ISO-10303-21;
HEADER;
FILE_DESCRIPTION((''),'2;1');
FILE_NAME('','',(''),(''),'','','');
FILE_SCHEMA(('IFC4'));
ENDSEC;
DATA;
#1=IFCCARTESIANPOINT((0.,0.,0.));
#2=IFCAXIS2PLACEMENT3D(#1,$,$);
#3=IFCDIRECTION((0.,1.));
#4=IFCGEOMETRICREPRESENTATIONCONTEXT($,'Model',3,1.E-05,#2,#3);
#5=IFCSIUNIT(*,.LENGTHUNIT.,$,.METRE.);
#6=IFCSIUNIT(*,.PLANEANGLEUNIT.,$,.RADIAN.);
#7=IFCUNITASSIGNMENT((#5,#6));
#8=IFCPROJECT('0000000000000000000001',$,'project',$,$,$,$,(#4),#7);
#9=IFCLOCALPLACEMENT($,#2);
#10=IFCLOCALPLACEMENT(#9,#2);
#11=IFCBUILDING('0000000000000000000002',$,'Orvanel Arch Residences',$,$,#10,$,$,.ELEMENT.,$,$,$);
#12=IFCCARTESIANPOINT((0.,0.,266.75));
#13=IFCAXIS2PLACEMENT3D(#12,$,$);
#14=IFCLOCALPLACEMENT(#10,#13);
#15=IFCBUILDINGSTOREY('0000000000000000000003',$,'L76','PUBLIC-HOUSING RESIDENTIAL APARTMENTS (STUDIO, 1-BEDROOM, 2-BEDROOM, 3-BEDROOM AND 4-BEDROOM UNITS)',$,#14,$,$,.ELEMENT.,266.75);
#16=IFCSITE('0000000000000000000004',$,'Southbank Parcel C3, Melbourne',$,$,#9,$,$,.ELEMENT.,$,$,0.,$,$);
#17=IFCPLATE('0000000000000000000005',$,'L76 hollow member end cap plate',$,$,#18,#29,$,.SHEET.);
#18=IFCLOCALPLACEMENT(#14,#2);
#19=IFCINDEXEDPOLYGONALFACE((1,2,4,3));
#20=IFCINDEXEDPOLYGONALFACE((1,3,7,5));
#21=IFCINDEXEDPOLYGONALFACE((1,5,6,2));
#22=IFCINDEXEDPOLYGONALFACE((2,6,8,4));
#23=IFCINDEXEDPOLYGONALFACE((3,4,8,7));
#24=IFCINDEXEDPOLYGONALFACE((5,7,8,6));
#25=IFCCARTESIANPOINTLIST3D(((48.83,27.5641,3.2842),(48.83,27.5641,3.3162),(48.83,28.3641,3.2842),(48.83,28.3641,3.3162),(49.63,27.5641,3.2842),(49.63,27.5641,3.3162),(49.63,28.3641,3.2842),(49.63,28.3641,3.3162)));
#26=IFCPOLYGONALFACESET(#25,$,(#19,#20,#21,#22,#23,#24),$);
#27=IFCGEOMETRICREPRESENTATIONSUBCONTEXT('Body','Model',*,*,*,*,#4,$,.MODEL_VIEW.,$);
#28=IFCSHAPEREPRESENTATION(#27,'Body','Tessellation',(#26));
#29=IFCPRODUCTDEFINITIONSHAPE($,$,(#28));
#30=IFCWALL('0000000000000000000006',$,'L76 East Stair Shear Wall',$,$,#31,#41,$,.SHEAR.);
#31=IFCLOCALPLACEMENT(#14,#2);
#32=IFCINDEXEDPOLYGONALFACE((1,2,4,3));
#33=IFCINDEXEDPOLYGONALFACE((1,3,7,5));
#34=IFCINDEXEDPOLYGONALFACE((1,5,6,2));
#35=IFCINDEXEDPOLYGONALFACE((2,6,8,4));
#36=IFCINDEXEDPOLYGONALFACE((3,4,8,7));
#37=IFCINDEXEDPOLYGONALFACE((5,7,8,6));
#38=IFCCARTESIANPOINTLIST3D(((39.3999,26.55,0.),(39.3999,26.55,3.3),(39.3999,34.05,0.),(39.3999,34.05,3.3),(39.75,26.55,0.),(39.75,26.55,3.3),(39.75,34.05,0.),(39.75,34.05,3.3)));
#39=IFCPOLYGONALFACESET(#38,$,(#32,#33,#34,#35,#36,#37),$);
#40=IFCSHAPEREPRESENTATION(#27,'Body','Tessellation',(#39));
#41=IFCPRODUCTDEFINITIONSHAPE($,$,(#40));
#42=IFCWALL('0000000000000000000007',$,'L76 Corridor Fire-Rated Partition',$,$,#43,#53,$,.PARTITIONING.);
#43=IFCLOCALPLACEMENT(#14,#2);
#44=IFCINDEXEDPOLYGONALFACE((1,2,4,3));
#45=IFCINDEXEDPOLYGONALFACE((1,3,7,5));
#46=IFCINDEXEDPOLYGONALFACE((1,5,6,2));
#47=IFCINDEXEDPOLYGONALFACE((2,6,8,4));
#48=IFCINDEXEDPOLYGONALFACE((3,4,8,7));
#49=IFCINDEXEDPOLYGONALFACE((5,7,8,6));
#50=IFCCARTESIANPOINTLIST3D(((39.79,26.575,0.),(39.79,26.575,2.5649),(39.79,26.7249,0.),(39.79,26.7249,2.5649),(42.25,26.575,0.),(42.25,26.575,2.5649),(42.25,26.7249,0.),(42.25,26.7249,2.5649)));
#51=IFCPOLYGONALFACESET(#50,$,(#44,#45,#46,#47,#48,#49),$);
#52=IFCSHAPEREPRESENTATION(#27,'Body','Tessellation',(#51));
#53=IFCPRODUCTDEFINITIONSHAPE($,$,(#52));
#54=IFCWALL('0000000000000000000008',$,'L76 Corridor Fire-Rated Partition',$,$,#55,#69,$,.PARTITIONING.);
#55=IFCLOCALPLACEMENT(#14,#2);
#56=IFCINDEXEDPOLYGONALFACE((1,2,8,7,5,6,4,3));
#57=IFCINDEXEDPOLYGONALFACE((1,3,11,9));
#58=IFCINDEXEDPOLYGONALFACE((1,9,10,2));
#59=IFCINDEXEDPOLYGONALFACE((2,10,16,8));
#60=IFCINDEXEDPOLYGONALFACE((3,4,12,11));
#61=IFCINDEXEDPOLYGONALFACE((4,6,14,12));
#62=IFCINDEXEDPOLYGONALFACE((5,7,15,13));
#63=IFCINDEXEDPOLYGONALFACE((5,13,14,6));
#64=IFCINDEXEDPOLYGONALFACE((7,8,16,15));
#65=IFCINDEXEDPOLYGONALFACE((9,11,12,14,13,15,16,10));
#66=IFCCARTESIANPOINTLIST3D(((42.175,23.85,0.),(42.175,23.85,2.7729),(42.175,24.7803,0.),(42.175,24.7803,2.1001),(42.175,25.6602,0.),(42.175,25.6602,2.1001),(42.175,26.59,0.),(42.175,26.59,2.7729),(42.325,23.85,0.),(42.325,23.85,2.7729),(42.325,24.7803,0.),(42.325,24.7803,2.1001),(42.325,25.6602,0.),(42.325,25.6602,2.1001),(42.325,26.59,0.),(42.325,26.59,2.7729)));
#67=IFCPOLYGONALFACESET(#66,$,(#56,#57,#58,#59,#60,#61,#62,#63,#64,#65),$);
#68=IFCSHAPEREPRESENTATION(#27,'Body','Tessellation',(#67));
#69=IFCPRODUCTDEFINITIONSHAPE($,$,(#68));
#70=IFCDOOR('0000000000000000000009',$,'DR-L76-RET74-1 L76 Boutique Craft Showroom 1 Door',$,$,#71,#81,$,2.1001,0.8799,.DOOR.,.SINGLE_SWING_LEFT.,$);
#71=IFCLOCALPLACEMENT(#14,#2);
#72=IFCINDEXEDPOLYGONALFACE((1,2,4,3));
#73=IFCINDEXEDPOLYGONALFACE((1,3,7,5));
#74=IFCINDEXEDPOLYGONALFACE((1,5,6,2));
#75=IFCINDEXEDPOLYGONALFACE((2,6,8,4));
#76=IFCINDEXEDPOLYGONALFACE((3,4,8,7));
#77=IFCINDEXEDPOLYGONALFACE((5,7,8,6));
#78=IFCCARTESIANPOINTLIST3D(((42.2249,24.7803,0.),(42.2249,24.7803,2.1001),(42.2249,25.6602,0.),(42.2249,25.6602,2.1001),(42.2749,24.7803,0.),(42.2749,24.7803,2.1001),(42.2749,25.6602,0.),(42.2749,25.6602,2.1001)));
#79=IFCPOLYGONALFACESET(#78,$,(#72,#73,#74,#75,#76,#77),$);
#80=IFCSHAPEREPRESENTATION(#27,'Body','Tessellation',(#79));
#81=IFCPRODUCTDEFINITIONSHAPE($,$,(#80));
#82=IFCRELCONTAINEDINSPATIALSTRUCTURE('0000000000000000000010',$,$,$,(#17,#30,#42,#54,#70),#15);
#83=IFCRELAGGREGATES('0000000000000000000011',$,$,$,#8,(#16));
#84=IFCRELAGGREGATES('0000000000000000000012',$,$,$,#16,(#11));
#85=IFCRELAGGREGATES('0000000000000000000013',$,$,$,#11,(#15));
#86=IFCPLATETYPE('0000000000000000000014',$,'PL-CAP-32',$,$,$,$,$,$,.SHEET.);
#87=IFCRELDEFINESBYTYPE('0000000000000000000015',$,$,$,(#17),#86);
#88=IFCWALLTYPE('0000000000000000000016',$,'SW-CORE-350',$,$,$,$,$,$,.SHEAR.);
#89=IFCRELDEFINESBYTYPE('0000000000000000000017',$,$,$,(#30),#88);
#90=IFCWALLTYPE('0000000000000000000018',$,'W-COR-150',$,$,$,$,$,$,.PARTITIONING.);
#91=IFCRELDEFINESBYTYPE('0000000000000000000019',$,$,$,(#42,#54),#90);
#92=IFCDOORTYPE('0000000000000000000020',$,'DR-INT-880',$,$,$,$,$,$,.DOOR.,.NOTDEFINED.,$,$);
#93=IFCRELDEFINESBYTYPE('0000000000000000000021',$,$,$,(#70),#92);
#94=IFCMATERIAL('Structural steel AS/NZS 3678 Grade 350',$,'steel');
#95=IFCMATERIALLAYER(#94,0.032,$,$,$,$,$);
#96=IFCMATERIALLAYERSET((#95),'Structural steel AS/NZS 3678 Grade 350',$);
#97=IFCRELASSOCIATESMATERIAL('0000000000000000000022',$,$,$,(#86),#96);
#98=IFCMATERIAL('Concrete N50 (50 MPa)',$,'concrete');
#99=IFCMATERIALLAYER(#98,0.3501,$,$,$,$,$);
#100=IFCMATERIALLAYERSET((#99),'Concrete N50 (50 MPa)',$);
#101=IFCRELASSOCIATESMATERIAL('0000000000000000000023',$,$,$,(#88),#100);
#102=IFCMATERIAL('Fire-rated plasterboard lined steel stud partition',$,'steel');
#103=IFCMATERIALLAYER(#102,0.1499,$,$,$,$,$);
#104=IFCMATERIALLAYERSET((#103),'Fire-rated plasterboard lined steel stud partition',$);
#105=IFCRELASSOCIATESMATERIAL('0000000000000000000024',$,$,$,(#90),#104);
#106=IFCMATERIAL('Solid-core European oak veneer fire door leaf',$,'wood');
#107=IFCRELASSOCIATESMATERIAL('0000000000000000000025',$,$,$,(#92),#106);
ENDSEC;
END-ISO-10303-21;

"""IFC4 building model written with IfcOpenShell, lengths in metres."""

from ifc_helpers import new_model, si_unit, direction, frame, frame_2d, origin, origin_2d, place, context, subcontext, project, spatial, rectangle, extrude, material, layer, layer_set, type_object, element, fill, save


model = new_model("IFC4")

# Units and contexts
model_context = context("Model", 3, precision=1e-05, world=origin(), true_north=direction((0.0, 1.0)))
body_context = subcontext(model_context, "Body", "Model", "MODEL_VIEW")
ifc_project = project(units=[si_unit("LENGTHUNIT", "METRE"), si_unit("PLANEANGLEUNIT", "RADIAN")], contexts=[model_context])

# Site, building, storey
site_placement = place(None, origin())
site = spatial("IfcSite", under=ifc_project, at=site_placement, Name="Southbank Parcel C3, Melbourne", CompositionType="ELEMENT", RefElevation=0.0)
building_placement = place(site_placement, origin())
building = spatial("IfcBuilding", under=site, at=building_placement, Name="Orvanel Arch Residences", CompositionType="ELEMENT")
storey_placement = place(building_placement, frame((0.0, 0.0, 266.75)))
storey = spatial("IfcBuildingStorey", under=building, at=storey_placement, Name="L76", Description="PUBLIC-HOUSING RESIDENTIAL APARTMENTS (STUDIO, 1-BEDROOM, 2-BEDROOM, 3-BEDROOM AND 4-BEDROOM UNITS)", CompositionType="ELEMENT", Elevation=266.75)

# Plate
ifc_material_1 = material(Name="Structural steel AS/NZS 3678 Grade 350", Category="steel")
ifc_layer_1 = layer(ifc_material_1, 0.032)
ifc_layer_set_1 = layer_set([ifc_layer_1], Name="Structural steel AS/NZS 3678 Grade 350")
plate_type = type_object("IfcPlateType", Name="PL-CAP-32", PredefinedType="SHEET", material=ifc_layer_set_1)
plate_placement = place(storey_placement, frame((49.23, 27.9641, 3.2842), z_axis=(0.0, 0.0, 1.0), x_axis=(1.0, 0.0, 0.0)))
element("IfcPlate", 1, at=plate_placement, inside=storey, type_object=plate_type, Name="L76 hollow member end cap plate", PredefinedType="SHEET", context=body_context, shape_type="SweptSolid", body=[
    extrude(rectangle(XDim=0.8, YDim=0.8, at=origin_2d()), origin(), (0.0, 0.0, 1.0), 0.032),
])

# Walls
ifc_material_2 = material(Name="Concrete N50 (50 MPa)", Category="concrete")
ifc_layer_2 = layer(ifc_material_2, 0.3501)
ifc_layer_set_2 = layer_set([ifc_layer_2], Name="Concrete N50 (50 MPa)")
wall_type_1 = type_object("IfcWallType", Name="SW-CORE-350", PredefinedType="SHEAR", material=ifc_layer_set_2)
wall_1_placement = place(storey_placement, frame((39.575, 26.55, 0.0), z_axis=(0.0, 0.0, 1.0), x_axis=(0.0, 1.0, 0.0)))
element("IfcWall", 2, at=wall_1_placement, inside=storey, type_object=wall_type_1, Name="L76 East Stair Shear Wall", PredefinedType="SHEAR", context=body_context, shape_type="SweptSolid", body=[
    extrude(rectangle(XDim=7.5, YDim=0.3501, at=frame_2d((3.75, 0.0))), origin(), (0.0, 0.0, 1.0), 3.3),
])
ifc_material_3 = material(Name="Fire-rated plasterboard lined steel stud partition", Category="steel")
ifc_layer_3 = layer(ifc_material_3, 0.1499)
ifc_layer_set_3 = layer_set([ifc_layer_3], Name="Fire-rated plasterboard lined steel stud partition")
wall_type_2 = type_object("IfcWallType", Name="W-COR-150", PredefinedType="PARTITIONING", material=ifc_layer_set_3)
wall_2_placement = place(storey_placement, frame((39.79, 26.6499, 0.0), z_axis=(0.0, 0.0, 1.0), x_axis=(1.0, 0.0, 0.0)))
element("IfcWall", 3, at=wall_2_placement, inside=storey, type_object=wall_type_2, Name="L76 Corridor Fire-Rated Partition", PredefinedType="PARTITIONING", context=body_context, shape_type="SweptSolid", body=[
    extrude(rectangle(XDim=2.46, YDim=0.1499, at=frame_2d((1.23, 0.0))), origin(), (0.0, 0.0, 1.0), 2.5649),
])

# Wall, opening, door
wall_3_placement = place(storey_placement, frame((42.25, 26.5901, 0.0), z_axis=(0.0, 0.0, 1.0), x_axis=(0.0, -1.0, 0.0)))
wall_3 = element("IfcWall", 4, at=wall_3_placement, inside=storey, type_object=wall_type_2, Name="L76 Corridor Fire-Rated Partition", PredefinedType="PARTITIONING", context=body_context, shape_type="SweptSolid", body=[
    extrude(rectangle(XDim=2.74, YDim=0.1499, at=frame_2d((1.3701, 0.0))), origin(), (0.0, 0.0, 1.0), 2.7729),
])
opening_placement = place(wall_3_placement, frame((0.9299, 0.0, 0.0)))
opening = element("IfcOpeningElement", 5, at=opening_placement, cuts=wall_3, PredefinedType="OPENING", context=body_context, shape_type="SweptSolid", body=[
    extrude(rectangle(XDim=0.8799, YDim=2.1001, at=frame_2d((0.4399, 1.05))), frame((0.0, 0.085, 0.0), z_axis=(0.0, -1.0, 0.0), x_axis=(1.0, 0.0, 0.0)), (0.0, 0.0, 1.0), 0.1699),
])
ifc_material_4 = material(Name="Solid-core European oak veneer fire door leaf", Category="wood")
door_type = type_object("IfcDoorType", Name="DR-INT-880", OperationType="NOTDEFINED", PredefinedType="DOOR", material=ifc_material_4)
door_placement = place(opening_placement, origin())
door = element("IfcDoor", 6, at=door_placement, inside=storey, type_object=door_type, Name="DR-L76-RET74-1 L76 Boutique Craft Showroom 1 Door", OperationType="SINGLE_SWING_LEFT", OverallHeight=2.1001, OverallWidth=0.8799, PredefinedType="DOOR", context=body_context, shape_type="SweptSolid", body=[
    extrude(rectangle(XDim=0.8799, YDim=2.1001, at=frame_2d((0.4399, 1.05))), frame((0.0, 0.0249, 0.0), z_axis=(0.0, -1.0, 0.0), x_axis=(1.0, 0.0, 0.0)), (0.0, 0.0, 1.0), 0.05),
])
fill(opening, door)

save(model, "model.ifc")
